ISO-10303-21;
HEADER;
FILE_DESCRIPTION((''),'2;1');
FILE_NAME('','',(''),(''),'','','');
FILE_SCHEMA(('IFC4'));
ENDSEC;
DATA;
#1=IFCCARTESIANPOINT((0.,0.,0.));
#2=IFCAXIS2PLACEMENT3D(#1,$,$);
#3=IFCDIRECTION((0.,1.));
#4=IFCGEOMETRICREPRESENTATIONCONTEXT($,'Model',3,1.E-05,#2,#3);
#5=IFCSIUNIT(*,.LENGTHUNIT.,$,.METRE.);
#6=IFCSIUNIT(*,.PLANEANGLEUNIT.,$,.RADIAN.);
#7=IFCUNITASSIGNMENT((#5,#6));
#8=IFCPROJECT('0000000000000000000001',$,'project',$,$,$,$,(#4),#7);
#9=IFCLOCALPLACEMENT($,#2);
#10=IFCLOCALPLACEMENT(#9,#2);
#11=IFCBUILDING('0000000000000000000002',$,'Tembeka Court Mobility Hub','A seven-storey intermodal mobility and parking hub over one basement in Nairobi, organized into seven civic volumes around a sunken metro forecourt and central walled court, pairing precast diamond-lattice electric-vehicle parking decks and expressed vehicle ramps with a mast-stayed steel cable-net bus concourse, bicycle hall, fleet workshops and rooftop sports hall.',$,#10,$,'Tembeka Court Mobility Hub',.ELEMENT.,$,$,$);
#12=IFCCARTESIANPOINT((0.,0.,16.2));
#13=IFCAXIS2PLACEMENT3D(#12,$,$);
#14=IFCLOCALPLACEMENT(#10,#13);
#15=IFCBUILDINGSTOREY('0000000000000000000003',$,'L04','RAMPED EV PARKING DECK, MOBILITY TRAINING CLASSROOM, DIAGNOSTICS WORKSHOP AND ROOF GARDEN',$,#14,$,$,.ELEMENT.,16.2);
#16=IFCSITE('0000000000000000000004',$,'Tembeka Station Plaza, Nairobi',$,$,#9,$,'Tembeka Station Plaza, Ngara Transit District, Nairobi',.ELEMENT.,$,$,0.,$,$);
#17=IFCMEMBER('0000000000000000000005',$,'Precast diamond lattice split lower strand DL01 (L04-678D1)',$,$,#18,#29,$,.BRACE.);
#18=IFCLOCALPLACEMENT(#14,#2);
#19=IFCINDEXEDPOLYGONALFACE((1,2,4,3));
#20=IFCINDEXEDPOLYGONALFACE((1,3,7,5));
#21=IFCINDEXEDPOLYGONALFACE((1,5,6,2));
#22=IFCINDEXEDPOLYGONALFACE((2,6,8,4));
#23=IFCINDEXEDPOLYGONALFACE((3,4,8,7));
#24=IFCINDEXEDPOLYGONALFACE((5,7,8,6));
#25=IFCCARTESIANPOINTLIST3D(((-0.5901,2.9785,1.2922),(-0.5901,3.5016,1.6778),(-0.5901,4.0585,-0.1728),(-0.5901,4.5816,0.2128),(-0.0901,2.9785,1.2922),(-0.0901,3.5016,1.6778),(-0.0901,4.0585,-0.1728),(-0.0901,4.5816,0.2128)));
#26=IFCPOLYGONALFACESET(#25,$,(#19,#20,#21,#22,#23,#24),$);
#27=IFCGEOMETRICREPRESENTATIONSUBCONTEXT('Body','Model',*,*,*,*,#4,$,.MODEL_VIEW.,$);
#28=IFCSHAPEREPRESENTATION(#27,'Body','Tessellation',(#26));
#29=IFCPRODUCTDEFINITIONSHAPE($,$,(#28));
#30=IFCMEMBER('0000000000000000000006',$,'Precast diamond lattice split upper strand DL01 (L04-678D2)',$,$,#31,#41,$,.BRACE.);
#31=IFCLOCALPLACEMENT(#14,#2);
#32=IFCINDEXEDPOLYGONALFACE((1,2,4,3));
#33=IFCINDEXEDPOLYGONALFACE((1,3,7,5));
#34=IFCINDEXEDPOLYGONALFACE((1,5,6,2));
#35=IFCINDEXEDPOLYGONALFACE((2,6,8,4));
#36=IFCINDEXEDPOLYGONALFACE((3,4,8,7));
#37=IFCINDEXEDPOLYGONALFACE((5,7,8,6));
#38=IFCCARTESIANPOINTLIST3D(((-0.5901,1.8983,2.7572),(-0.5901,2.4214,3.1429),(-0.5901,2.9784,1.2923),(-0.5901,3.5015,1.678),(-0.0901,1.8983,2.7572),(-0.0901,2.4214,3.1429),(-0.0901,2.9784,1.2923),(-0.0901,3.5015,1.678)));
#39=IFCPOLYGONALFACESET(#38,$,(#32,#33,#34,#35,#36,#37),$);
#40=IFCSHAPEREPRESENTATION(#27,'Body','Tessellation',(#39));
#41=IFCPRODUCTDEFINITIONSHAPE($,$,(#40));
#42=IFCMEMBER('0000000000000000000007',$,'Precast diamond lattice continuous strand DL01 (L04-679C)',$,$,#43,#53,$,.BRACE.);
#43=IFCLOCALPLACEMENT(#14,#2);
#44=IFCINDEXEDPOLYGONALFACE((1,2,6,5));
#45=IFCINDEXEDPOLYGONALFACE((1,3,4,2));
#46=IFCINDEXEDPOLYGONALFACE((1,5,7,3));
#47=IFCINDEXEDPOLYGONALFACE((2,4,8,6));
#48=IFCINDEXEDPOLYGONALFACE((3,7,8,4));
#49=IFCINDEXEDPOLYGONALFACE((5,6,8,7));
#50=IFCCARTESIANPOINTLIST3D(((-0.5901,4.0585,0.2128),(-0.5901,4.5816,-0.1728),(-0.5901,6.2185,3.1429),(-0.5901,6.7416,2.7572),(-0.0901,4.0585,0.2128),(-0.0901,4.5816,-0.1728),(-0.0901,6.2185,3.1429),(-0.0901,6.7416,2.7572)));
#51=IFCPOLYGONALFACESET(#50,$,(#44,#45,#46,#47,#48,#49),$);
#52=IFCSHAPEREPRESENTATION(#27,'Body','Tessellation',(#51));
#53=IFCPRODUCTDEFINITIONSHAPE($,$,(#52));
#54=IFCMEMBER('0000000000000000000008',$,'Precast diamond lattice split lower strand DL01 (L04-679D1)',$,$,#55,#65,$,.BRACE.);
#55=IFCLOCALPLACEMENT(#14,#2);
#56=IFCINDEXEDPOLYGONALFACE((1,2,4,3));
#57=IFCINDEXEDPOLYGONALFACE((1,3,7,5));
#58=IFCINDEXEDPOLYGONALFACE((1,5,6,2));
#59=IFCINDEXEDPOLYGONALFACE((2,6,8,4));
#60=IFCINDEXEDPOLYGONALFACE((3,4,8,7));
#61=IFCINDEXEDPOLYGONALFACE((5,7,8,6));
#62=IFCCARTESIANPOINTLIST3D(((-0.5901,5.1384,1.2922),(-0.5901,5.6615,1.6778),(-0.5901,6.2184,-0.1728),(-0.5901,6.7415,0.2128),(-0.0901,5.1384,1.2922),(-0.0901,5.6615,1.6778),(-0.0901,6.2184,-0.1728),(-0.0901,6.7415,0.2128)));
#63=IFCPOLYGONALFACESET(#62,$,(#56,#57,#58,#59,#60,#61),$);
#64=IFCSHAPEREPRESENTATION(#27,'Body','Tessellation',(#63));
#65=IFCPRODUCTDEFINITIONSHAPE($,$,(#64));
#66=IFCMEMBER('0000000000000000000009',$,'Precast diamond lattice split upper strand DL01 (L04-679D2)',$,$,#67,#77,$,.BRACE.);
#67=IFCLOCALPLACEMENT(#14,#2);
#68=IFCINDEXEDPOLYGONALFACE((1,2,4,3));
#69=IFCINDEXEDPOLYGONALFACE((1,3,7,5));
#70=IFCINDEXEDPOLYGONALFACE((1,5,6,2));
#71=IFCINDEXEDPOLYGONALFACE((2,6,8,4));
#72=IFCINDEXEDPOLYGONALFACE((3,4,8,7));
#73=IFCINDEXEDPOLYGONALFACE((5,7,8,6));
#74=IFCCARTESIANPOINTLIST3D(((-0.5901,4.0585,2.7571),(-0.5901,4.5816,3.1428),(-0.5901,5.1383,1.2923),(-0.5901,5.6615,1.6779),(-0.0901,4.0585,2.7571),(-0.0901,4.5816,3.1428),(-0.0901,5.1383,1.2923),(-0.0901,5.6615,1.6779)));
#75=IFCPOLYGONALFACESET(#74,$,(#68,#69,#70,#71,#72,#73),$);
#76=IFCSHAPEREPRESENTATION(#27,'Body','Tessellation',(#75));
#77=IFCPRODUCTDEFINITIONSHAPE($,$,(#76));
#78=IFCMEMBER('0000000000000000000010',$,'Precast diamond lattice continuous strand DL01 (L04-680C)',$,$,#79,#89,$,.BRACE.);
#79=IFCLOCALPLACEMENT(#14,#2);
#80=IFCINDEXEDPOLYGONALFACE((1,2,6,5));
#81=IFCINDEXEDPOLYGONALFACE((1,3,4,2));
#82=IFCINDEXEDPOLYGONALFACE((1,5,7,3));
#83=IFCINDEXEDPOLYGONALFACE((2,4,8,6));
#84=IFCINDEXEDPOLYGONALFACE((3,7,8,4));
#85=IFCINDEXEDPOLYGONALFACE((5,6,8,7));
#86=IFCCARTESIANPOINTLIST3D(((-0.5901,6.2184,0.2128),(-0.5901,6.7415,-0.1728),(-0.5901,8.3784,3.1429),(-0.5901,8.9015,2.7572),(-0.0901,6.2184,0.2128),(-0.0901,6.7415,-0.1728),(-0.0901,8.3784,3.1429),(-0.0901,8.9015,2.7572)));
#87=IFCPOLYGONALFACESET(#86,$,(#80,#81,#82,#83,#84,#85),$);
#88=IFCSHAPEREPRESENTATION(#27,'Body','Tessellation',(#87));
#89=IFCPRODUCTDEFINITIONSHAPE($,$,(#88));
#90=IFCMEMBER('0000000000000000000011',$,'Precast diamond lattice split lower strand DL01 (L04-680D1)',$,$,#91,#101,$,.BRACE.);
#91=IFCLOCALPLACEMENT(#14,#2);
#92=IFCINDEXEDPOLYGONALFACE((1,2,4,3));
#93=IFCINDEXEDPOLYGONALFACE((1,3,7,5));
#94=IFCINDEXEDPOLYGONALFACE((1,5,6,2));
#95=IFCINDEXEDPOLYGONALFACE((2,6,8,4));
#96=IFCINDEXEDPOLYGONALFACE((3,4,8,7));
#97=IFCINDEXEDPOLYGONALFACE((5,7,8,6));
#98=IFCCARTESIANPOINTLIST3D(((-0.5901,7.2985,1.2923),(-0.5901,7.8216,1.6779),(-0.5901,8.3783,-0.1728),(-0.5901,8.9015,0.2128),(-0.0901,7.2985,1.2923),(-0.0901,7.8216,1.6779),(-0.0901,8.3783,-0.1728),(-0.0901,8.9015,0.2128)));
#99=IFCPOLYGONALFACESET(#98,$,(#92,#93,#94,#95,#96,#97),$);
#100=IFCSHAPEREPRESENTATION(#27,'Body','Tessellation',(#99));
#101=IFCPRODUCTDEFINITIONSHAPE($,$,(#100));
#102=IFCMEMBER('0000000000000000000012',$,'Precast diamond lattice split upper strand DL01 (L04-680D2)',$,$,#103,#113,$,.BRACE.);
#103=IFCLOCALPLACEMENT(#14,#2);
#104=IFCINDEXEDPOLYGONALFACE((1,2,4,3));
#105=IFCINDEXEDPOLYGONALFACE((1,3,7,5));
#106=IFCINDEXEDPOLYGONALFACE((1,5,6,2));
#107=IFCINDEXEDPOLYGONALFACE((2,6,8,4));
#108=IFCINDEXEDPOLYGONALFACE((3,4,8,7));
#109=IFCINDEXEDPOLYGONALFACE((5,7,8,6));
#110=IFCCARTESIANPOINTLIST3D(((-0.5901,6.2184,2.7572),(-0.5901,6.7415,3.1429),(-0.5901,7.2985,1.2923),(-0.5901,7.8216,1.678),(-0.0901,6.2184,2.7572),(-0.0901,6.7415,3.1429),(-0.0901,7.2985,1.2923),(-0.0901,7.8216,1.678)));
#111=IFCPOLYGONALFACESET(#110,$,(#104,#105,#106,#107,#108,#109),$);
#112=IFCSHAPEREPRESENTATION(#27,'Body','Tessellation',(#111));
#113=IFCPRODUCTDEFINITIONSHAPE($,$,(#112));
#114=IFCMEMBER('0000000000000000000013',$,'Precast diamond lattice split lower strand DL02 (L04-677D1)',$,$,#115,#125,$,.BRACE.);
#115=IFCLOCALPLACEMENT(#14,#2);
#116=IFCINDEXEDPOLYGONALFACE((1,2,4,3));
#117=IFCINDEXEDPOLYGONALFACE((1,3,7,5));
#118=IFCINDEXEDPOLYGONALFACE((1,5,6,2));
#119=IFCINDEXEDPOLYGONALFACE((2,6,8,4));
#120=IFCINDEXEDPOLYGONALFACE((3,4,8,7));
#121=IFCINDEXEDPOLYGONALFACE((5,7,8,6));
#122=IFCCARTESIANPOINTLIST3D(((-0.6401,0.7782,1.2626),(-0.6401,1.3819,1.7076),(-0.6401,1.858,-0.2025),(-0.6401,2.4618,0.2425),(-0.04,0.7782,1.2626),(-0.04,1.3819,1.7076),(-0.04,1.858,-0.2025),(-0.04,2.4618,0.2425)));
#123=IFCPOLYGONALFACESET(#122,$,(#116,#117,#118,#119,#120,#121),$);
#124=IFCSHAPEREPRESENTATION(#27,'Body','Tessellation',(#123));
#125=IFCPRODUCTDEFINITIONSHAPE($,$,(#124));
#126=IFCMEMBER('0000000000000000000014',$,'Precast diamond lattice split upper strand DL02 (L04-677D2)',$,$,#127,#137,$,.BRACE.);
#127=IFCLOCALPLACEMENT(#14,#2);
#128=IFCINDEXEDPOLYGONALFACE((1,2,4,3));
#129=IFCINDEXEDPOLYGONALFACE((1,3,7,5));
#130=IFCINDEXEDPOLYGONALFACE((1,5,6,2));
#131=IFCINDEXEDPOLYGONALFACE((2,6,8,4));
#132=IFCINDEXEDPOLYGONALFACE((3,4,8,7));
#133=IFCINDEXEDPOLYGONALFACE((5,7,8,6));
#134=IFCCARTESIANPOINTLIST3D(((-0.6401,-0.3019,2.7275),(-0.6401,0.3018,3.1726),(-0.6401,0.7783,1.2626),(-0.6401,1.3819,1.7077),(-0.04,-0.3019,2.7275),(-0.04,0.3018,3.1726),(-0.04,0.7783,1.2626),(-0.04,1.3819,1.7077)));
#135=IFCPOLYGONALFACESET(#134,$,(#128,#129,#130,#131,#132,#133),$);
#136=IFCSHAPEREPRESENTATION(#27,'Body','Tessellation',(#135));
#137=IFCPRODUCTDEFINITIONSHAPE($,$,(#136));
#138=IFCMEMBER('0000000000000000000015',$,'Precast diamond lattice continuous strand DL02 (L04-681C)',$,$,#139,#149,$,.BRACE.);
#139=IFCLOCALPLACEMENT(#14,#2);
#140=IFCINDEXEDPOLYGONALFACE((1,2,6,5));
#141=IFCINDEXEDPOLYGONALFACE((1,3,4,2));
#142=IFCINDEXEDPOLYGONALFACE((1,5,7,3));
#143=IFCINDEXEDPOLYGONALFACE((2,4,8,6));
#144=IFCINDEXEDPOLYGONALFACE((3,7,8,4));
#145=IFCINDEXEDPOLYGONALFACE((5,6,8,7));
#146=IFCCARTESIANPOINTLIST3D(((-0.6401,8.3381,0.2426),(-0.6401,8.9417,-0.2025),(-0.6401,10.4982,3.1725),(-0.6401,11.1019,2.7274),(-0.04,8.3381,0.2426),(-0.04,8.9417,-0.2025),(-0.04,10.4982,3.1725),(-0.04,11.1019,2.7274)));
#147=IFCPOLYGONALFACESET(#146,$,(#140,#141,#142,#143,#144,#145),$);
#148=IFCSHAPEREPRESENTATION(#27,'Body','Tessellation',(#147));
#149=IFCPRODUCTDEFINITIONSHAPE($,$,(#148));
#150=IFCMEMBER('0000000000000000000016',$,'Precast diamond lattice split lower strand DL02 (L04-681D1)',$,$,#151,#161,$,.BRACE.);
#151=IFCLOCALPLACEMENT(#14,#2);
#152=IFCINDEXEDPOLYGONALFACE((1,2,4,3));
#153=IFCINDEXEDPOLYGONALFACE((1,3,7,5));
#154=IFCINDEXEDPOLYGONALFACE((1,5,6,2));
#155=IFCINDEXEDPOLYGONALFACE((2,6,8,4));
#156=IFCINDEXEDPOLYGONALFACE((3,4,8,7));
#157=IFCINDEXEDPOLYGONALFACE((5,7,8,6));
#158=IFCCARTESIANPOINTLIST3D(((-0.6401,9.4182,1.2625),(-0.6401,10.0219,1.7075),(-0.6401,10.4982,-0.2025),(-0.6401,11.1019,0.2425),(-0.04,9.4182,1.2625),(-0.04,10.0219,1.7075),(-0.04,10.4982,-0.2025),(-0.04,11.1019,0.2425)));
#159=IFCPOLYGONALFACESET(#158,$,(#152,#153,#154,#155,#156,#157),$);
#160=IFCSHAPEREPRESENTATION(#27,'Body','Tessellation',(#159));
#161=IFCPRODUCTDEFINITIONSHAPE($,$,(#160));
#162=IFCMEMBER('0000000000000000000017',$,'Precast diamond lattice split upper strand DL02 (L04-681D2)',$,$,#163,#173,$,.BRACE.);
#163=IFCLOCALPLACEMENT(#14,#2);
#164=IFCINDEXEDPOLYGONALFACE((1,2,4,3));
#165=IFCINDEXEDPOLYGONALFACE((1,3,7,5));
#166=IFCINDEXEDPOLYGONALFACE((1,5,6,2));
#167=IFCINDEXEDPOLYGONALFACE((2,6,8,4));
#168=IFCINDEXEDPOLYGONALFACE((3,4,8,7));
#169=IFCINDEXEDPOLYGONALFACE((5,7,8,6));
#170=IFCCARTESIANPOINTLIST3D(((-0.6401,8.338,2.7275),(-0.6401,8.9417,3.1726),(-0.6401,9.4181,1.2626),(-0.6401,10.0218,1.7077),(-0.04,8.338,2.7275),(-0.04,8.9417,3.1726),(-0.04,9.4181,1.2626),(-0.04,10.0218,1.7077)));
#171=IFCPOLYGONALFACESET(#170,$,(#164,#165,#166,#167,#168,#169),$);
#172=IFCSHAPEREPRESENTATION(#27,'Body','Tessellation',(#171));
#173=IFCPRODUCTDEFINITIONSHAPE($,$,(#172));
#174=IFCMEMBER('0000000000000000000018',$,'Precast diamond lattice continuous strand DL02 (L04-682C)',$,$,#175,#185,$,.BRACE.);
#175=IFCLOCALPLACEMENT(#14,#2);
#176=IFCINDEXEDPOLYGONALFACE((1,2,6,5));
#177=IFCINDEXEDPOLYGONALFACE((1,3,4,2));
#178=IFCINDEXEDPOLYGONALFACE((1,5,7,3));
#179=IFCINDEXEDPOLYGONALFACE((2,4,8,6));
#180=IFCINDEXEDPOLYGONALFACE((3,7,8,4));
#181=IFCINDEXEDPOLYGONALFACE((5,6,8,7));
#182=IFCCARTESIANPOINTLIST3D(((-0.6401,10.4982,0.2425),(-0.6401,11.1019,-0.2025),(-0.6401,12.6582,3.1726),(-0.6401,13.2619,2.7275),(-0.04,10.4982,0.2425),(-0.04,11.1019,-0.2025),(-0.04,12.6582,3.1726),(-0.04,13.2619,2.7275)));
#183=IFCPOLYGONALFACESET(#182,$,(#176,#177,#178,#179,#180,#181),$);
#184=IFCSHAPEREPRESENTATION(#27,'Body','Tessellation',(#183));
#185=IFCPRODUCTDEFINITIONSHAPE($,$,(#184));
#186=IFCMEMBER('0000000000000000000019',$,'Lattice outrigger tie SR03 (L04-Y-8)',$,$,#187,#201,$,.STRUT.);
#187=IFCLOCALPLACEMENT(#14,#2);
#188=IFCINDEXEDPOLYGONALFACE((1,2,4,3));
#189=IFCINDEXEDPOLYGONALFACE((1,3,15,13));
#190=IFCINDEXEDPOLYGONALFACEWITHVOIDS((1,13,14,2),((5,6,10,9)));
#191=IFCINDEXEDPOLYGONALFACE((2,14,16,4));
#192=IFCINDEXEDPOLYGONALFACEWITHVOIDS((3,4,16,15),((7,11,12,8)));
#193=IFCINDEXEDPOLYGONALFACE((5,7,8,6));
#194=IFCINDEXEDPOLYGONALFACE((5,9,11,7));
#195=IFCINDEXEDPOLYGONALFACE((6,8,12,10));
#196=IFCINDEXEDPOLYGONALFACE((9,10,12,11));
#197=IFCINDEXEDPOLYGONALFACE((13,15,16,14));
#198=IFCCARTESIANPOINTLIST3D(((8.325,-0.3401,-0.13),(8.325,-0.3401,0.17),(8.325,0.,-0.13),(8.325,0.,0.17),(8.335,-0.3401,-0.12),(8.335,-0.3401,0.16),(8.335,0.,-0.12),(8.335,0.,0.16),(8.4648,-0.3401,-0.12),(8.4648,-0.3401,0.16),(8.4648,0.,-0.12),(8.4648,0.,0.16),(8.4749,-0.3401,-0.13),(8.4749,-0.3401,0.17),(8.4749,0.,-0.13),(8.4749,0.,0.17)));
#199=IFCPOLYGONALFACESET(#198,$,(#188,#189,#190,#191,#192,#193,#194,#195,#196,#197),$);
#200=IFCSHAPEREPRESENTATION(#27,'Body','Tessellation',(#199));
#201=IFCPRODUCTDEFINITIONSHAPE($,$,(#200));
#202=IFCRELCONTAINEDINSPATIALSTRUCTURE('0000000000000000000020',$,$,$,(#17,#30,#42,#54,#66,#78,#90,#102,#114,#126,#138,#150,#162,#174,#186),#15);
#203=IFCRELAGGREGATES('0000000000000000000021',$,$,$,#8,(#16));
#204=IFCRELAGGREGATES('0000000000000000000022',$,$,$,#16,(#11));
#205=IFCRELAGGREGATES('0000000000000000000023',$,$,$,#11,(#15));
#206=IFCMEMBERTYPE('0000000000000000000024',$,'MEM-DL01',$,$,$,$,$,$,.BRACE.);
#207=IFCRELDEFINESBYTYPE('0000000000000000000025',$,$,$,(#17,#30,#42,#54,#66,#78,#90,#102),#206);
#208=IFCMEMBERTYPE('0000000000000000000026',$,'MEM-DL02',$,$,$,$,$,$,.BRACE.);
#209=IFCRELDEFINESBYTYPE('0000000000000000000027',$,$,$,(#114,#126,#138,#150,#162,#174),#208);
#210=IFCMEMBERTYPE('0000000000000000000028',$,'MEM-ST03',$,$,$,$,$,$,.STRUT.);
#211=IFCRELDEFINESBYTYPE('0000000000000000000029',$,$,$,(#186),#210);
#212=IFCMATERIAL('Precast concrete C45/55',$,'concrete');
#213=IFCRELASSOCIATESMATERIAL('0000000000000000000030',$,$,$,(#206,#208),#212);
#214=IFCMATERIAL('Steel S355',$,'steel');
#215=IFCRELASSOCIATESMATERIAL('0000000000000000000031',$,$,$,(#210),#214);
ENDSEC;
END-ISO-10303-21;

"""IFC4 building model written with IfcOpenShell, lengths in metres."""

from ifc_helpers import new_model, si_unit, direction, frame, origin, origin_2d, place, context, subcontext, project, spatial, rectangle, hollow_rectangle, extrude, material, material_profile, profile_set, type_object, element, save


model = new_model("IFC4")

# Units and contexts
model_context = context("Model", 3, precision=1e-05, world=origin(), true_north=direction((0.0, 1.0)))
body_context = subcontext(model_context, "Body", "Model", "MODEL_VIEW")
ifc_project = project(units=[si_unit("LENGTHUNIT", "METRE"), si_unit("PLANEANGLEUNIT", "RADIAN")], contexts=[model_context])

# Site, building, storey
site_placement = place(None, origin())
site = spatial("IfcSite", under=ifc_project, at=site_placement, Name="Tembeka Station Plaza, Nairobi", LongName="Tembeka Station Plaza, Ngara Transit District, Nairobi", CompositionType="ELEMENT", RefElevation=0.0)
building_placement = place(site_placement, origin())
building = spatial("IfcBuilding", under=site, at=building_placement, Name="Tembeka Court Mobility Hub", Description="A seven-storey intermodal mobility and parking hub over one basement in Nairobi, organized into seven civic volumes around a sunken metro forecourt and central walled court, pairing precast diamond-lattice electric-vehicle parking decks and expressed vehicle ramps with a mast-stayed steel cable-net bus concourse, bicycle hall, fleet workshops and rooftop sports hall.", LongName="Tembeka Court Mobility Hub", CompositionType="ELEMENT")
storey_placement = place(building_placement, frame((0.0, 0.0, 16.2)))
storey = spatial("IfcBuildingStorey", under=building, at=storey_placement, Name="L04", Description="RAMPED EV PARKING DECK, MOBILITY TRAINING CLASSROOM, DIAGNOSTICS WORKSHOP AND ROOF GARDEN", CompositionType="ELEMENT", Elevation=16.2)

# Shared definitions
ifc_material_1 = material(Name="Steel S355", Category="steel")

# Shared definitions
ifc_material_2 = material(Name="Precast concrete C45/55", Category="concrete")

# Members
ifc_material_profile_1 = material_profile(ifc_material_2, rectangle(XDim=0.5, YDim=0.6499, at=origin_2d()), Name="PC-DIAG 500x650")
ifc_profile_set_1 = profile_set([ifc_material_profile_1], Name="Precast concrete C45/55")
member_type_1 = type_object("IfcMemberType", Name="MEM-DL01", PredefinedType="BRACE", material=ifc_profile_set_1)
for number, where, z_axis, x_axis, name in (
    (1, (-0.3401, 4.3201, 0.02), (0.0, -0.593391, 0.804914), (1.0, 0.0, 0.0), "Precast diamond lattice split lower strand DL01 (L04-678D1)"),
    (2, (-0.3401, 3.24, 1.4851), (0.0, -0.593455, 0.804867), (1.0, 0.0, 0.0), "Precast diamond lattice split upper strand DL01 (L04-678D2)"),
):
    element("IfcMember", number, at=place(storey_placement, frame(where, z_axis=z_axis, x_axis=x_axis)), inside=storey, type_object=member_type_1, Name=name, PredefinedType="BRACE", context=body_context, shape_type="SweptSolid", body=[
        extrude(rectangle(XDim=0.5, YDim=0.6499, at=origin_2d()), origin(), (0.0, 0.0, 1.0), 1.8201),
    ])
member_1_placement = place(storey_placement, frame((-0.3401, 4.3201, 0.02), z_axis=(0.0, 0.59338, 0.804923), x_axis=(-1.0, 0.0, 0.0)))
element("IfcMember", 3, at=member_1_placement, inside=storey, type_object=member_type_1, Name="Precast diamond lattice continuous strand DL01 (L04-679C)", PredefinedType="BRACE", context=body_context, shape_type="SweptSolid", body=[
    extrude(rectangle(XDim=0.5, YDim=0.6499, at=origin_2d()), origin(), (0.0, 0.0, 1.0), 3.6401),
])
member_2_placement = place(storey_placement, frame((-0.3401, 6.48, 0.02), z_axis=(0.0, -0.593391, 0.804914), x_axis=(1.0, 0.0, 0.0)))
element("IfcMember", 4, at=member_2_placement, inside=storey, type_object=member_type_1, Name="Precast diamond lattice split lower strand DL01 (L04-679D1)", PredefinedType="BRACE", context=body_context, shape_type="SweptSolid", body=[
    extrude(rectangle(XDim=0.5, YDim=0.6499, at=origin_2d()), origin(), (0.0, 0.0, 1.0), 1.8201),
])
member_3_placement = place(storey_placement, frame((-0.3401, 5.3999, 1.4851), z_axis=(0.0, -0.593368, 0.804931), x_axis=(1.0, 0.0, 0.0)))
element("IfcMember", 5, at=member_3_placement, inside=storey, type_object=member_type_1, Name="Precast diamond lattice split upper strand DL01 (L04-679D2)", PredefinedType="BRACE", context=body_context, shape_type="SweptSolid", body=[
    extrude(rectangle(XDim=0.5, YDim=0.6499, at=origin_2d()), origin(), (0.0, 0.0, 1.0), 1.8198),
])
member_4_placement = place(storey_placement, frame((-0.3401, 6.48, 0.02), z_axis=(0.0, 0.59338, 0.804923), x_axis=(-1.0, 0.0, 0.0)))
element("IfcMember", 6, at=member_4_placement, inside=storey, type_object=member_type_1, Name="Precast diamond lattice continuous strand DL01 (L04-680C)", PredefinedType="BRACE", context=body_context, shape_type="SweptSolid", body=[
    extrude(rectangle(XDim=0.5, YDim=0.6499, at=origin_2d()), origin(), (0.0, 0.0, 1.0), 3.6401),
])
for number, where, z_axis, x_axis, name in (
    (7, (-0.3401, 8.6399, 0.02), (0.0, -0.593304, 0.804978), (1.0, 0.0, 0.0), "Precast diamond lattice split lower strand DL01 (L04-680D1)"),
    (8, (-0.3401, 7.5601, 1.4851), (0.0, -0.593455, 0.804867), (1.0, 0.0, 0.0), "Precast diamond lattice split upper strand DL01 (L04-680D2)"),
):
    element("IfcMember", number, at=place(storey_placement, frame(where, z_axis=z_axis, x_axis=x_axis)), inside=storey, type_object=member_type_1, Name=name, PredefinedType="BRACE", context=body_context, shape_type="SweptSolid", body=[
        extrude(rectangle(XDim=0.5, YDim=0.6499, at=origin_2d()), origin(), (0.0, 0.0, 1.0), 1.8201),
    ])
ifc_material_profile_2 = material_profile(ifc_material_2, rectangle(XDim=0.6001, YDim=0.75, at=origin_2d()), Name="PC-DIAG 600x750")
ifc_profile_set_2 = profile_set([ifc_material_profile_2], Name="Precast concrete C45/55")
member_type_2 = type_object("IfcMemberType", Name="MEM-DL02", PredefinedType="BRACE", material=ifc_profile_set_2)
for number, where, z_axis, x_axis, name in (
    (9, (-0.3401, 2.1599, 0.02), (0.0, -0.593304, 0.804978), (1.0, 0.0, 0.0), "Precast diamond lattice split lower strand DL02 (L04-677D1)"),
    (10, (-0.3401, 1.0801, 1.4851), (0.0, -0.593455, 0.804867), (1.0, 0.0, 0.0), "Precast diamond lattice split upper strand DL02 (L04-677D2)"),
):
    element("IfcMember", number, at=place(storey_placement, frame(where, z_axis=z_axis, x_axis=x_axis)), inside=storey, type_object=member_type_2, Name=name, PredefinedType="BRACE", context=body_context, shape_type="SweptSolid", body=[
        extrude(rectangle(XDim=0.6001, YDim=0.75, at=origin_2d()), origin(), (0.0, 0.0, 1.0), 1.8201),
    ])
member_5_placement = place(storey_placement, frame((-0.3401, 8.6399, 0.02), z_axis=(0.0, 0.593423, 0.804891), x_axis=(-1.0, 0.0, 0.0)))
element("IfcMember", 11, at=member_5_placement, inside=storey, type_object=member_type_2, Name="Precast diamond lattice continuous strand DL02 (L04-681C)", PredefinedType="BRACE", context=body_context, shape_type="SweptSolid", body=[
    extrude(rectangle(XDim=0.6001, YDim=0.75, at=origin_2d()), origin(), (0.0, 0.0, 1.0), 3.6401),
])
for number, where, z_axis, x_axis, name in (
    (12, (-0.3401, 10.8, 0.02), (0.0, -0.593391, 0.804914), (1.0, 0.0, 0.0), "Precast diamond lattice split lower strand DL02 (L04-681D1)"),
    (13, (-0.3401, 9.72, 1.4851), (0.0, -0.593455, 0.804867), (1.0, 0.0, 0.0), "Precast diamond lattice split upper strand DL02 (L04-681D2)"),
):
    element("IfcMember", number, at=place(storey_placement, frame(where, z_axis=z_axis, x_axis=x_axis)), inside=storey, type_object=member_type_2, Name=name, PredefinedType="BRACE", context=body_context, shape_type="SweptSolid", body=[
        extrude(rectangle(XDim=0.6001, YDim=0.75, at=origin_2d()), origin(), (0.0, 0.0, 1.0), 1.8201),
    ])
member_6_placement = place(storey_placement, frame((-0.3401, 10.8, 0.02), z_axis=(0.0, 0.59338, 0.804923), x_axis=(-1.0, 0.0, 0.0)))
element("IfcMember", 14, at=member_6_placement, inside=storey, type_object=member_type_2, Name="Precast diamond lattice continuous strand DL02 (L04-682C)", PredefinedType="BRACE", context=body_context, shape_type="SweptSolid", body=[
    extrude(rectangle(XDim=0.6001, YDim=0.75, at=origin_2d()), origin(), (0.0, 0.0, 1.0), 3.6401),
])
ifc_material_profile_3 = material_profile(ifc_material_1, hollow_rectangle(XDim=0.1499, YDim=0.3, WallThickness=0.01, at=origin_2d()), Name="RHS 300x150x10")
ifc_profile_set_3 = profile_set([ifc_material_profile_3], Name="Steel S355")
member_type_3 = type_object("IfcMemberType", Name="MEM-ST03", PredefinedType="STRUT", material=ifc_profile_set_3)
member_7_placement = place(storey_placement, frame((8.3999, 0.0, 0.02), z_axis=(0.0, -1.0, 0.0), x_axis=(1.0, 0.0, 0.0)))
element("IfcMember", 15, at=member_7_placement, inside=storey, type_object=member_type_3, Name="Lattice outrigger tie SR03 (L04-Y-8)", PredefinedType="STRUT", context=body_context, shape_type="SweptSolid", body=[
    extrude(hollow_rectangle(XDim=0.1499, YDim=0.3, WallThickness=0.01, at=origin_2d()), origin(), (0.0, 0.0, 1.0), 0.3401),
])

save(model, "model.ifc")
